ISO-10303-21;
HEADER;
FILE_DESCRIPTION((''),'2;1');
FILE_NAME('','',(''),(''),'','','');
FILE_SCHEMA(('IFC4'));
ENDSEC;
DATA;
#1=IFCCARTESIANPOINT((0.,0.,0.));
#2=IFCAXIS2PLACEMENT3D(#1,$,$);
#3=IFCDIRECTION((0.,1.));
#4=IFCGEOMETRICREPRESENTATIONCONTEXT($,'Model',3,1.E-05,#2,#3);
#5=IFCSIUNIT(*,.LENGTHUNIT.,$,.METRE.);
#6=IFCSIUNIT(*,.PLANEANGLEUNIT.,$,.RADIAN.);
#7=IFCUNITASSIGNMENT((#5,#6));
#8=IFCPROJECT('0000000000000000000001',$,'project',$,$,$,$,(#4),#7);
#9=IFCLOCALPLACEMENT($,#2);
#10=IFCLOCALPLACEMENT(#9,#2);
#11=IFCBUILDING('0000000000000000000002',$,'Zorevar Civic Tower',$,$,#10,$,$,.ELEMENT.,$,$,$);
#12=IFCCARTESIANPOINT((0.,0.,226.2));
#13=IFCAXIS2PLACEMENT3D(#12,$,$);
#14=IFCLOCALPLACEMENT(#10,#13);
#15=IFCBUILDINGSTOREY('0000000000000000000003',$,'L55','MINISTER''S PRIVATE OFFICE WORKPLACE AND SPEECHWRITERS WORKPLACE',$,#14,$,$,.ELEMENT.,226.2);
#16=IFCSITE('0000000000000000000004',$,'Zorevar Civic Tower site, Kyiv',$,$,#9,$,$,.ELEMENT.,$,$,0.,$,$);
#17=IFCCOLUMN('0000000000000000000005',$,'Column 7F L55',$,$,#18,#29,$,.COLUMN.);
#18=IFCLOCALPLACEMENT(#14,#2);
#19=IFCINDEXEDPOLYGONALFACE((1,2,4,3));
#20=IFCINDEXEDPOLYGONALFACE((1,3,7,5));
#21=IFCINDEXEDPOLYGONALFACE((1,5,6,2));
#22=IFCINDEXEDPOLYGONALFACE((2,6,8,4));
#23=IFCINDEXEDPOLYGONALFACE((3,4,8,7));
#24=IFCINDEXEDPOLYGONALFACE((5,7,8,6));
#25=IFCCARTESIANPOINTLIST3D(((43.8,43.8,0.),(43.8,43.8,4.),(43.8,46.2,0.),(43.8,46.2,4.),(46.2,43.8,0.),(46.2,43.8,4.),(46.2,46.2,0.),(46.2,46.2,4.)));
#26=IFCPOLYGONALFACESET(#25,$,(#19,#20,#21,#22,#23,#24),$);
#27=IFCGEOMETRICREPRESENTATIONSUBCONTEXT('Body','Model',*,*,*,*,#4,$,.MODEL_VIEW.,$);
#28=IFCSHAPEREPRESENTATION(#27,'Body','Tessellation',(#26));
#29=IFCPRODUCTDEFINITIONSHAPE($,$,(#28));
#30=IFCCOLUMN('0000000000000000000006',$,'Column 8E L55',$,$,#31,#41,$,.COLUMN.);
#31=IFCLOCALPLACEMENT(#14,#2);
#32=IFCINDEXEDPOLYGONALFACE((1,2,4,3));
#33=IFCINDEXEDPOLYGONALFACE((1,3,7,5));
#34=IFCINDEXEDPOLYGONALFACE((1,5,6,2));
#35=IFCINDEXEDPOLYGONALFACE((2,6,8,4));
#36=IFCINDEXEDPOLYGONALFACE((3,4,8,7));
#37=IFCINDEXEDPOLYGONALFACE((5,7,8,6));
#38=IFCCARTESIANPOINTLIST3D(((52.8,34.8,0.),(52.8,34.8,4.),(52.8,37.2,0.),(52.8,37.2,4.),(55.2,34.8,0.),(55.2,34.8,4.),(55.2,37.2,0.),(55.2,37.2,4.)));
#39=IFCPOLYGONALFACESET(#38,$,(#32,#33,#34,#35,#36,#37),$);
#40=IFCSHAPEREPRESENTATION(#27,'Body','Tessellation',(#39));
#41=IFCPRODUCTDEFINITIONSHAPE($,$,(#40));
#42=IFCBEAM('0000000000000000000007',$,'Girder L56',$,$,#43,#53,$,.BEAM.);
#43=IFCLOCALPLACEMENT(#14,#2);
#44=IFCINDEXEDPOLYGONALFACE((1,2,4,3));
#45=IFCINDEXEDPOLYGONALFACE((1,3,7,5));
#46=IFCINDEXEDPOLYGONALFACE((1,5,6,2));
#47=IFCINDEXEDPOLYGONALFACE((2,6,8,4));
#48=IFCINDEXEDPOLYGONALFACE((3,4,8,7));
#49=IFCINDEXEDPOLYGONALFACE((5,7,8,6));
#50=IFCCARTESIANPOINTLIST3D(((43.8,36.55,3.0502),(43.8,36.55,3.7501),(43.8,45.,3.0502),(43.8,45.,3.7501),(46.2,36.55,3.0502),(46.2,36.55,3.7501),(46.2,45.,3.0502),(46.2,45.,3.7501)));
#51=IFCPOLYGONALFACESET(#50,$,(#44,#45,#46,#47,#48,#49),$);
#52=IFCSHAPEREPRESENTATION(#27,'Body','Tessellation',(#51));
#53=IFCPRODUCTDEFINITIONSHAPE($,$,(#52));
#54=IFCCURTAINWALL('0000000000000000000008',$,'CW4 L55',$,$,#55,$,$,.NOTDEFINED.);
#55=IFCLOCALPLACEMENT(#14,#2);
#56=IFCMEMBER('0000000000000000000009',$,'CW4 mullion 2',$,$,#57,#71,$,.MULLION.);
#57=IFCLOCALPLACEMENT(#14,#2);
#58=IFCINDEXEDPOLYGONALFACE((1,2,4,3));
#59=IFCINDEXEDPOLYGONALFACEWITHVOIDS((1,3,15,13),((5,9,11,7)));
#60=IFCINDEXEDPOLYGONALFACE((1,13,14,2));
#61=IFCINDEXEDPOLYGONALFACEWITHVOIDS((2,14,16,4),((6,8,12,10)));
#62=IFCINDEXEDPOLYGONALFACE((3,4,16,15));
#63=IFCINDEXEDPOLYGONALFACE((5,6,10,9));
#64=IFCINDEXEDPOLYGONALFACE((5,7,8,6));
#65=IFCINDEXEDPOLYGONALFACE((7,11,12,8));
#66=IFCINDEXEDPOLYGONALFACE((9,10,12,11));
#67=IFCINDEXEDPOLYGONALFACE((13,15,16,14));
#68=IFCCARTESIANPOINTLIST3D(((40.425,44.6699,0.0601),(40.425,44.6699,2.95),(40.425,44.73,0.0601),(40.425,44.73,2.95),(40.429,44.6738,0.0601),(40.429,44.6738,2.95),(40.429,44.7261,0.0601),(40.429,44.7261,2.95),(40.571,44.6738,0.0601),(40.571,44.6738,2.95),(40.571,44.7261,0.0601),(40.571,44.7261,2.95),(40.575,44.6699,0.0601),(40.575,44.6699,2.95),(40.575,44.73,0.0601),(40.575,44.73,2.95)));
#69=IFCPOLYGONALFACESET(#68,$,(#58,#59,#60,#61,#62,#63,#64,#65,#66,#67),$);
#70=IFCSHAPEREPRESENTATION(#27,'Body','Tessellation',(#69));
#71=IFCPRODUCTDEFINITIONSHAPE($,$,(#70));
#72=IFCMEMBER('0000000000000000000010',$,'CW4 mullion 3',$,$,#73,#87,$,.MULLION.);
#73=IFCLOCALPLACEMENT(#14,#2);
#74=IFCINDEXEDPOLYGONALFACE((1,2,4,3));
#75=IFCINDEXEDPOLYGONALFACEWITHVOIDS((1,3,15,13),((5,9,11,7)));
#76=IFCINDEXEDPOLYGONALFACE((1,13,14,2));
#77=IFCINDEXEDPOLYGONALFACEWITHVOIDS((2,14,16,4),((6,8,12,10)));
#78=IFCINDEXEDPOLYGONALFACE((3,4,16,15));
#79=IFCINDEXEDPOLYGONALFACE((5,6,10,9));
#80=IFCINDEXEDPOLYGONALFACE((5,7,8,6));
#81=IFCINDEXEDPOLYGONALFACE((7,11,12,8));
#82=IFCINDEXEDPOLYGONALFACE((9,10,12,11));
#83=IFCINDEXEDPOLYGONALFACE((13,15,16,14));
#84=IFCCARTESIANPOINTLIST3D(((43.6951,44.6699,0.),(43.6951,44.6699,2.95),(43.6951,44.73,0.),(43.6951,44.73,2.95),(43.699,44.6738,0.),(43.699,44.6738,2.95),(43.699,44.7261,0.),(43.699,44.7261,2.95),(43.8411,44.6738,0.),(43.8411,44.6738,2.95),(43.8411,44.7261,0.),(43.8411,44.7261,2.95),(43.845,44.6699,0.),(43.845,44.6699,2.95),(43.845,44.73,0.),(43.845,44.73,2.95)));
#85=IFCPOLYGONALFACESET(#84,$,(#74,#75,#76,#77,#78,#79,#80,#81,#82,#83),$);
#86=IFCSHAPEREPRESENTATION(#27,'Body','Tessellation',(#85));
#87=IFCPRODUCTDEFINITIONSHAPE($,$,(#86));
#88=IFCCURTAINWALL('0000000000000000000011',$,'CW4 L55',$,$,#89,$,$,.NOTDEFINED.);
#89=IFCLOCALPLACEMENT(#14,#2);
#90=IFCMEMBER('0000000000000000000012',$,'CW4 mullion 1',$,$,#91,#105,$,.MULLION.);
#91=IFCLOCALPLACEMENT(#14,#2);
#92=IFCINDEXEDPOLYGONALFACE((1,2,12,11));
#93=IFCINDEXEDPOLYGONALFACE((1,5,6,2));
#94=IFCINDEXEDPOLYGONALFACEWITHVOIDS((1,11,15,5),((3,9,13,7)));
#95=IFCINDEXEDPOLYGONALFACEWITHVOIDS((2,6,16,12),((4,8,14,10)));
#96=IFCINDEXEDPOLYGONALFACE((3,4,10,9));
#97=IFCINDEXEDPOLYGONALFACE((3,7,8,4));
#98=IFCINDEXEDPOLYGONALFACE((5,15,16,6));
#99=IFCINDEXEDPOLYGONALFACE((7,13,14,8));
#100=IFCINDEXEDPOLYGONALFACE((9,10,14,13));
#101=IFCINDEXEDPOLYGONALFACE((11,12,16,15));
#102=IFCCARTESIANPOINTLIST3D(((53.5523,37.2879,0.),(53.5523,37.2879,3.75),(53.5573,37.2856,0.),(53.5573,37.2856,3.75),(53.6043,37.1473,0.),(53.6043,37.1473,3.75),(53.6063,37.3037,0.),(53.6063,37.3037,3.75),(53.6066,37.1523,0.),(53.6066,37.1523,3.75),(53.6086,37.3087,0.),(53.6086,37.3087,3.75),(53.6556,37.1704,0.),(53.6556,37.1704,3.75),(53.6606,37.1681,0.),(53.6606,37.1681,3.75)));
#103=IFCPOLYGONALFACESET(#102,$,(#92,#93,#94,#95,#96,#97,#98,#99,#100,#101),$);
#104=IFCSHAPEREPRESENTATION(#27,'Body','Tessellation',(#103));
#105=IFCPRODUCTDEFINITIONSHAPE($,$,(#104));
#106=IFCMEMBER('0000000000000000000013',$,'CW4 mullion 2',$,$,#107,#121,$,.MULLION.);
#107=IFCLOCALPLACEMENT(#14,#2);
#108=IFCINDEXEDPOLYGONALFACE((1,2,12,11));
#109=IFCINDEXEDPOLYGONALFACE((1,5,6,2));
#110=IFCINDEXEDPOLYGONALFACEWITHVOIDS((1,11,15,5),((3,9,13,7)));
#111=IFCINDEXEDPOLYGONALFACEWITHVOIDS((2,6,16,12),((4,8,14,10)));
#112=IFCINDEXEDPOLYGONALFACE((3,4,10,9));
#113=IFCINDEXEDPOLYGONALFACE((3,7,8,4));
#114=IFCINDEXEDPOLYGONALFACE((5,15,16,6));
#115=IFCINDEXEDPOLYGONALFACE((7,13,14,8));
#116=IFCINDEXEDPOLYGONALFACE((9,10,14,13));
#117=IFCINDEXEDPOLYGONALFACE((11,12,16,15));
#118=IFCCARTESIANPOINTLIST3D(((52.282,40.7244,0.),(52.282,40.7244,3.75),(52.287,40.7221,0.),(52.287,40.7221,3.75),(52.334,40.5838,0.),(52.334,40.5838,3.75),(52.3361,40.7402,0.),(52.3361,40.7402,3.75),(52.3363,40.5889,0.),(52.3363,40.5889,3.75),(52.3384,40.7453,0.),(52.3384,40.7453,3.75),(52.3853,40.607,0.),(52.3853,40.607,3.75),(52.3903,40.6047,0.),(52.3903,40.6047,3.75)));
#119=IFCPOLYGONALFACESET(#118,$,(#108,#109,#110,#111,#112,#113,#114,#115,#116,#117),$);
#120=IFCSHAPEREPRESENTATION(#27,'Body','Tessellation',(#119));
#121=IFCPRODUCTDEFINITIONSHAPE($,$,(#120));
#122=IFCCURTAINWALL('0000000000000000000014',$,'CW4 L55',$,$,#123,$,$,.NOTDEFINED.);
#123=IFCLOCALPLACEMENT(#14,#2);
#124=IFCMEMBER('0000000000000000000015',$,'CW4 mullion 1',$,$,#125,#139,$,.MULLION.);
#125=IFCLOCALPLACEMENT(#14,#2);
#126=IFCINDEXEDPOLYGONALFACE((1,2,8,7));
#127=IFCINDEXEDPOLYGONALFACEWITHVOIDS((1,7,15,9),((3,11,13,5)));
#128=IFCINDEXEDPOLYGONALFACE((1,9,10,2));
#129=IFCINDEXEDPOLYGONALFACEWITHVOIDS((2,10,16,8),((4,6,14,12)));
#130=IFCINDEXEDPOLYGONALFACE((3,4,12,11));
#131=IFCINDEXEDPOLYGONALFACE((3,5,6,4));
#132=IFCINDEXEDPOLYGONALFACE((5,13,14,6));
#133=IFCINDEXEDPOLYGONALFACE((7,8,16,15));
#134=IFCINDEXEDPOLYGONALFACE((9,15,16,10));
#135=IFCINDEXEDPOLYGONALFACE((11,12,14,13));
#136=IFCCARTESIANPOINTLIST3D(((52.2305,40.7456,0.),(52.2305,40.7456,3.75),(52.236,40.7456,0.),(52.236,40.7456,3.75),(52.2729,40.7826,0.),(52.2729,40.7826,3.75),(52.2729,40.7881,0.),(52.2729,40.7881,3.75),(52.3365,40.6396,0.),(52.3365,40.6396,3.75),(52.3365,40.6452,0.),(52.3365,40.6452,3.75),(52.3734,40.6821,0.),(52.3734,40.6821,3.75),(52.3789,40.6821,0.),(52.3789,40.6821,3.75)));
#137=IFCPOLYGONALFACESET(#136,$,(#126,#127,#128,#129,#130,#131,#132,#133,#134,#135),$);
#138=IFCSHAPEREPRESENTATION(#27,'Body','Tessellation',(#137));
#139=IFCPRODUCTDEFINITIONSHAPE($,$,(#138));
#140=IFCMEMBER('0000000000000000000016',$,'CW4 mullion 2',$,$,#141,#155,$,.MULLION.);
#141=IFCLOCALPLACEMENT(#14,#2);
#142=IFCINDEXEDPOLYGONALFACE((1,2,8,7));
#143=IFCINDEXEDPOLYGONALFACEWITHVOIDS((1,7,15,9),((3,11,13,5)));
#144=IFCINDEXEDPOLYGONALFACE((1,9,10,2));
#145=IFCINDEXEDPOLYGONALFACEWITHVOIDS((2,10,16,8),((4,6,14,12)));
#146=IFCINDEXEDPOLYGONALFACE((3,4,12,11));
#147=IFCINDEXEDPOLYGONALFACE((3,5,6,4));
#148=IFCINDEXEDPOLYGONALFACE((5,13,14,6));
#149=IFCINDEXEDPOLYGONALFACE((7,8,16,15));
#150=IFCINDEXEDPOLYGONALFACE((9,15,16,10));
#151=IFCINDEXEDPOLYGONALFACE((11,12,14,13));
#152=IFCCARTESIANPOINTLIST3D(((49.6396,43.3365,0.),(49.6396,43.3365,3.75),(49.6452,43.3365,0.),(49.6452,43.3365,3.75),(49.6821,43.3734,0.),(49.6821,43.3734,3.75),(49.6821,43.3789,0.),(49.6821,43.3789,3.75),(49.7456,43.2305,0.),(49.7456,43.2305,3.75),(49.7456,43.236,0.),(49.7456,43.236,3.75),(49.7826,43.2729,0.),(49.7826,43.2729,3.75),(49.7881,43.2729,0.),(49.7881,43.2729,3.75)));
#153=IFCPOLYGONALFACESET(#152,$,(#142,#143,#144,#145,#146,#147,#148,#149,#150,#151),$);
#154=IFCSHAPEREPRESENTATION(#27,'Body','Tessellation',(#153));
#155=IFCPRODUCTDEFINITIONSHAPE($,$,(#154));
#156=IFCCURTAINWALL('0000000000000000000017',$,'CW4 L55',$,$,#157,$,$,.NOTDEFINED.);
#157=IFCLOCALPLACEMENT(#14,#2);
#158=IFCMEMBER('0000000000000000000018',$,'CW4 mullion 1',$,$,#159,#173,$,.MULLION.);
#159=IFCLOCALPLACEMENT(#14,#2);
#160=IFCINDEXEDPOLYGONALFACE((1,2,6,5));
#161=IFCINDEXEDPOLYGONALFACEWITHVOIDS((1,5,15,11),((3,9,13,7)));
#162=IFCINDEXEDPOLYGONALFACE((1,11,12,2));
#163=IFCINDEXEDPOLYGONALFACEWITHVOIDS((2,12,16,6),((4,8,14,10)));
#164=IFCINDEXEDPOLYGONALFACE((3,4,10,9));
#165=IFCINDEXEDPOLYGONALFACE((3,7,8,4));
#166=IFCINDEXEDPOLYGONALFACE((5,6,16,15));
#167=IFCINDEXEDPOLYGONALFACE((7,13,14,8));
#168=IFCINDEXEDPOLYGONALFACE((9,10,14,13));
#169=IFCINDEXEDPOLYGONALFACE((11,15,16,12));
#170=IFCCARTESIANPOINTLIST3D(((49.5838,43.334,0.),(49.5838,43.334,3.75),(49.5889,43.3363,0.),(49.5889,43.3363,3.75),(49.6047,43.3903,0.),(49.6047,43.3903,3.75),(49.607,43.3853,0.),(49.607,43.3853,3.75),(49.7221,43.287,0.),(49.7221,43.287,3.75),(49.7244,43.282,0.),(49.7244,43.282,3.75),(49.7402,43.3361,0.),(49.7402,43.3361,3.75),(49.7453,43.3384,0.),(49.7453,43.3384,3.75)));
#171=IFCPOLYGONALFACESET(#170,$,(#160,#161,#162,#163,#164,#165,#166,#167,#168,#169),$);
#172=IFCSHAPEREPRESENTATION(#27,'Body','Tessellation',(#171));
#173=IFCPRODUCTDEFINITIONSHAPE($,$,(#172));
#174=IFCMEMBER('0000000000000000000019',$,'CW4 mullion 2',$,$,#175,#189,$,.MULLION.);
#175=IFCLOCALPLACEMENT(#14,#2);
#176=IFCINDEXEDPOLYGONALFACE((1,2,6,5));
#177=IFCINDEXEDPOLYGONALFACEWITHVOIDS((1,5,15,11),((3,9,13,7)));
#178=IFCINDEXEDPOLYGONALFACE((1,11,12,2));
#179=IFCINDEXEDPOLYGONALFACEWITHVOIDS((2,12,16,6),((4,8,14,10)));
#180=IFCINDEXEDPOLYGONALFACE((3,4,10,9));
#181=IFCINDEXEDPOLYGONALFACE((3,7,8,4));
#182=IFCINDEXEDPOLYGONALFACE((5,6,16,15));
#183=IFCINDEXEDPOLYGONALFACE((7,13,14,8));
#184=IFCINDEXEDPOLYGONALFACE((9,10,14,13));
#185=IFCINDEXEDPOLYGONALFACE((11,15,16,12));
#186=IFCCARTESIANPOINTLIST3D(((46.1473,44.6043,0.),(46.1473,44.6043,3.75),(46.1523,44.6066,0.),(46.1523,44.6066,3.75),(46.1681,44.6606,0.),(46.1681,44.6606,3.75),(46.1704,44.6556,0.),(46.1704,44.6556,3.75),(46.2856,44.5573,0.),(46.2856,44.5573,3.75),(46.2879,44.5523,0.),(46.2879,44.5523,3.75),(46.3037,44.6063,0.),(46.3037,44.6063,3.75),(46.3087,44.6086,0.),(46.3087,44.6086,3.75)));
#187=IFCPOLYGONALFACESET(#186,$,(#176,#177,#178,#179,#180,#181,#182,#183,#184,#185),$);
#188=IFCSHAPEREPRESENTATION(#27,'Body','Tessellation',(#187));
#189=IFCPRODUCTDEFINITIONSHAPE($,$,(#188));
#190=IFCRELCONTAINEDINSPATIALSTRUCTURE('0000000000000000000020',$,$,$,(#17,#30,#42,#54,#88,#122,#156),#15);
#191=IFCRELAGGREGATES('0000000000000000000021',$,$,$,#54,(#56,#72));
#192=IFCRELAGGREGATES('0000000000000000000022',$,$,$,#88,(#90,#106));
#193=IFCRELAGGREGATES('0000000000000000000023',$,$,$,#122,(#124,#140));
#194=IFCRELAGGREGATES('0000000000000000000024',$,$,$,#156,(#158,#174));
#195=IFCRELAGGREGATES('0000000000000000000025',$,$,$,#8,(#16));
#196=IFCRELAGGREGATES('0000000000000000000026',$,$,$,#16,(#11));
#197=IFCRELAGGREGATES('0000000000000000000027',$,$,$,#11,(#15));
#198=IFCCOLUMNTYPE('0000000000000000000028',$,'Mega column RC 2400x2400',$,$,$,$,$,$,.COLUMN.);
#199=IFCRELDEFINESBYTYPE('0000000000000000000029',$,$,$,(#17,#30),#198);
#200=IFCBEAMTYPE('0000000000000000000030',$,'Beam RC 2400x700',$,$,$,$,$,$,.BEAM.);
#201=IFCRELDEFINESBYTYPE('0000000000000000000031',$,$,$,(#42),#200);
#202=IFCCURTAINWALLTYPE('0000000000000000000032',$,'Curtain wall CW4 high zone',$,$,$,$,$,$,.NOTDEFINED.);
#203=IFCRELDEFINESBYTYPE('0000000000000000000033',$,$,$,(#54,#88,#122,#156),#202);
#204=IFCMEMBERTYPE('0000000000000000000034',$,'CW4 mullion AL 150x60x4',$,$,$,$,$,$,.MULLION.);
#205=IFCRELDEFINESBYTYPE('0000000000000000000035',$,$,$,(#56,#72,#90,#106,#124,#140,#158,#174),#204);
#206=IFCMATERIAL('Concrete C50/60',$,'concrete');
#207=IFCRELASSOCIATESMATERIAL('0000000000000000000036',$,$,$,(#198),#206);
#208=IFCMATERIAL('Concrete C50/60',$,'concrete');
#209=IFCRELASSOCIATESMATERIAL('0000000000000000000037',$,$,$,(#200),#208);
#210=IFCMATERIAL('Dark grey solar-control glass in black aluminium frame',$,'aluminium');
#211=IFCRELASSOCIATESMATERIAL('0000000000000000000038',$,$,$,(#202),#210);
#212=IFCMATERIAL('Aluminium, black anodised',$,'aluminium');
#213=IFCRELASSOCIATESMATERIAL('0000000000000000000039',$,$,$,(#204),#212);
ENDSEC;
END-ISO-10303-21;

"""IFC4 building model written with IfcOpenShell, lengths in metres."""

from ifc_helpers import new_model, si_unit, direction, frame, origin, origin_2d, place, context, subcontext, project, spatial, rectangle, hollow_rectangle, extrude, material, material_profile, profile_set, type_object, element, aggregate, save


model = new_model("IFC4")

# Units and contexts
model_context = context("Model", 3, precision=1e-05, world=origin(), true_north=direction((0.0, 1.0)))
body_context = subcontext(model_context, "Body", "Model", "MODEL_VIEW")
ifc_project = project(units=[si_unit("LENGTHUNIT", "METRE"), si_unit("PLANEANGLEUNIT", "RADIAN")], contexts=[model_context])

# Site, building, storey
site_placement = place(None, origin())
site = spatial("IfcSite", under=ifc_project, at=site_placement, Name="Zorevar Civic Tower site, Kyiv", CompositionType="ELEMENT", RefElevation=0.0)
building_placement = place(site_placement, origin())
building = spatial("IfcBuilding", under=site, at=building_placement, Name="Zorevar Civic Tower", CompositionType="ELEMENT")
storey_placement = place(building_placement, frame((0.0, 0.0, 226.2)))
storey = spatial("IfcBuildingStorey", under=building, at=storey_placement, Name="L55", Description="MINISTER'S PRIVATE OFFICE WORKPLACE AND SPEECHWRITERS WORKPLACE", CompositionType="ELEMENT", Elevation=226.2)

# Columns
ifc_material_1 = material(Name="Concrete C50/60", Category="concrete")
ifc_material_profile_1 = material_profile(ifc_material_1, rectangle(XDim=2.3999, YDim=2.3999, at=origin_2d()), Name="RC 2400x2400")
ifc_profile_set_1 = profile_set([ifc_material_profile_1], Name="Concrete C50/60")
column_type = type_object("IfcColumnType", Name="Mega column RC 2400x2400", PredefinedType="COLUMN", material=ifc_profile_set_1)
for number, where, z_axis, x_axis, name in (
    (1, (45.0, 45.0, 0.0), (0.0, 0.0, 1.0), (1.0, 0.0, 0.0), "Column 7F L55"),
    (2, (54.0, 36.0, 0.0), (0.0, 0.0, 1.0), (1.0, 0.0, 0.0), "Column 8E L55"),
):
    element("IfcColumn", number, at=place(storey_placement, frame(where, z_axis=z_axis, x_axis=x_axis)), inside=storey, type_object=column_type, Name=name, PredefinedType="COLUMN", context=body_context, shape_type="SweptSolid", body=[
        extrude(rectangle(XDim=2.3999, YDim=2.3999, at=origin_2d()), origin(), (0.0, 0.0, 1.0), 4.0),
    ])

# Beam
ifc_material_2 = material(Name="Concrete C50/60", Category="concrete")
ifc_material_profile_2 = material_profile(ifc_material_2, rectangle(XDim=2.3999, YDim=0.7, at=origin_2d()), Name="RC 2400x700")
ifc_profile_set_2 = profile_set([ifc_material_profile_2], Name="Concrete C50/60")
beam_type_1 = type_object("IfcBeamType", Name="Beam RC 2400x700", PredefinedType="BEAM", material=ifc_profile_set_2)
beam_1_placement = place(storey_placement, frame((45.0, 36.55, 3.4001), z_axis=(0.0, 1.0, 0.0), x_axis=(-1.0, 0.0, 0.0)))
element("IfcBeam", 3, at=beam_1_placement, inside=storey, type_object=beam_type_1, Name="Girder L56", PredefinedType="BEAM", context=body_context, shape_type="SweptSolid", body=[
    extrude(rectangle(XDim=2.3999, YDim=0.7, at=origin_2d()), origin(), (0.0, 0.0, 1.0), 8.45),
])

# Curtain walls, members
ifc_material_3 = material(Name="Dark grey solar-control glass in black aluminium frame", Category="aluminium")
curtain_wall_type = type_object("IfcCurtainWallType", Name="Curtain wall CW4 high zone", PredefinedType="NOTDEFINED", material=ifc_material_3)
curtain_wall_1_placement = place(storey_placement, origin())
curtain_wall_1 = element("IfcCurtainWall", 4, at=curtain_wall_1_placement, inside=storey, type_object=curtain_wall_type, Name="CW4 L55", PredefinedType="NOTDEFINED")
ifc_material_4 = material(Name="Aluminium, black anodised", Category="aluminium")
ifc_material_profile_3 = material_profile(ifc_material_4, hollow_rectangle(XDim=0.0601, YDim=0.1499, WallThickness=0.0039, at=origin_2d()), Name="AL 150x60x4")
ifc_profile_set_3 = profile_set([ifc_material_profile_3], Name="Aluminium, black anodised")
member_type_1 = type_object("IfcMemberType", Name="CW4 mullion AL 150x60x4", PredefinedType="MULLION", material=ifc_profile_set_3)
member_1_placement = place(storey_placement, frame((40.5, 44.7, 0.0601), z_axis=(0.0, 0.0, 1.0), x_axis=(0.0, 1.0, 0.0)))
member_1 = element("IfcMember", 5, at=member_1_placement, type_object=member_type_1, Name="CW4 mullion 2", PredefinedType="MULLION", context=body_context, shape_type="SweptSolid", body=[
    extrude(hollow_rectangle(XDim=0.0601, YDim=0.1499, WallThickness=0.0039, at=origin_2d()), origin(), (0.0, 0.0, 1.0), 2.8899),
])
member_2_placement = place(storey_placement, frame((43.77, 44.7, 0.0), z_axis=(0.0, 0.0, 1.0), x_axis=(0.0, 1.0, 0.0)))
member_2 = element("IfcMember", 6, at=member_2_placement, type_object=member_type_1, Name="CW4 mullion 3", PredefinedType="MULLION", context=body_context, shape_type="SweptSolid", body=[
    extrude(hollow_rectangle(XDim=0.0601, YDim=0.1499, WallThickness=0.0039, at=origin_2d()), origin(), (0.0, 0.0, 1.0), 2.95),
])
curtain_wall_2_placement = place(storey_placement, origin())
curtain_wall_2 = element("IfcCurtainWall", 7, at=curtain_wall_2_placement, inside=storey, type_object=curtain_wall_type, Name="CW4 L55", PredefinedType="NOTDEFINED")
member_3_placement = place(storey_placement, frame((53.6064, 37.228, 0.0), z_axis=(0.0, 0.0, 1.0), x_axis=(-0.937975, -0.346704, 0.0)))
member_3 = element("IfcMember", 8, at=member_3_placement, type_object=member_type_1, Name="CW4 mullion 1", PredefinedType="MULLION", context=body_context, shape_type="SweptSolid", body=[
    extrude(hollow_rectangle(XDim=0.0601, YDim=0.1499, WallThickness=0.0039, at=origin_2d()), origin(), (0.0, 0.0, 1.0), 3.75),
])
member_4_placement = place(storey_placement, frame((52.3362, 40.6646, 0.0), z_axis=(0.0, 0.0, 1.0), x_axis=(-0.937975, -0.346704, 0.0)))
member_4 = element("IfcMember", 9, at=member_4_placement, type_object=member_type_1, Name="CW4 mullion 2", PredefinedType="MULLION", context=body_context, shape_type="SweptSolid", body=[
    extrude(hollow_rectangle(XDim=0.0601, YDim=0.1499, WallThickness=0.0039, at=origin_2d()), origin(), (0.0, 0.0, 1.0), 3.75),
])
curtain_wall_3_placement = place(storey_placement, origin())
curtain_wall_3 = element("IfcCurtainWall", 10, at=curtain_wall_3_placement, inside=storey, type_object=curtain_wall_type, Name="CW4 L55", PredefinedType="NOTDEFINED")
member_5_placement = place(storey_placement, frame((52.3047, 40.7139, 0.0), z_axis=(0.0, 0.0, 1.0), x_axis=(-0.707107, -0.707107, 0.0)))
member_5 = element("IfcMember", 11, at=member_5_placement, type_object=member_type_1, Name="CW4 mullion 1", PredefinedType="MULLION", context=body_context, shape_type="SweptSolid", body=[
    extrude(hollow_rectangle(XDim=0.0601, YDim=0.1499, WallThickness=0.0039, at=origin_2d()), origin(), (0.0, 0.0, 1.0), 3.75),
])
member_6_placement = place(storey_placement, frame((49.7139, 43.3047, 0.0), z_axis=(0.0, 0.0, 1.0), x_axis=(-0.707107, -0.707107, 0.0)))
member_6 = element("IfcMember", 12, at=member_6_placement, type_object=member_type_1, Name="CW4 mullion 2", PredefinedType="MULLION", context=body_context, shape_type="SweptSolid", body=[
    extrude(hollow_rectangle(XDim=0.0601, YDim=0.1499, WallThickness=0.0039, at=origin_2d()), origin(), (0.0, 0.0, 1.0), 3.75),
])
curtain_wall_4_placement = place(storey_placement, origin())
curtain_wall_4 = element("IfcCurtainWall", 13, at=curtain_wall_4_placement, inside=storey, type_object=curtain_wall_type, Name="CW4 L55", PredefinedType="NOTDEFINED")
member_7_placement = place(storey_placement, frame((49.6646, 43.3362, 0.0), z_axis=(0.0, 0.0, 1.0), x_axis=(-0.346704, -0.937975, 0.0)))
member_7 = element("IfcMember", 14, at=member_7_placement, type_object=member_type_1, Name="CW4 mullion 1", PredefinedType="MULLION", context=body_context, shape_type="SweptSolid", body=[
    extrude(hollow_rectangle(XDim=0.0601, YDim=0.1499, WallThickness=0.0039, at=origin_2d()), origin(), (0.0, 0.0, 1.0), 3.75),
])
member_8_placement = place(storey_placement, frame((46.228, 44.6064, 0.0), z_axis=(0.0, 0.0, 1.0), x_axis=(-0.346704, -0.937975, 0.0)))
member_8 = element("IfcMember", 15, at=member_8_placement, type_object=member_type_1, Name="CW4 mullion 2", PredefinedType="MULLION", context=body_context, shape_type="SweptSolid", body=[
    extrude(hollow_rectangle(XDim=0.0601, YDim=0.1499, WallThickness=0.0039, at=origin_2d()), origin(), (0.0, 0.0, 1.0), 3.75),
])

aggregate(curtain_wall_1, [member_1, member_2])
aggregate(curtain_wall_2, [member_3, member_4])
aggregate(curtain_wall_3, [member_5, member_6])
aggregate(curtain_wall_4, [member_7, member_8])

save(model, "model.ifc")
